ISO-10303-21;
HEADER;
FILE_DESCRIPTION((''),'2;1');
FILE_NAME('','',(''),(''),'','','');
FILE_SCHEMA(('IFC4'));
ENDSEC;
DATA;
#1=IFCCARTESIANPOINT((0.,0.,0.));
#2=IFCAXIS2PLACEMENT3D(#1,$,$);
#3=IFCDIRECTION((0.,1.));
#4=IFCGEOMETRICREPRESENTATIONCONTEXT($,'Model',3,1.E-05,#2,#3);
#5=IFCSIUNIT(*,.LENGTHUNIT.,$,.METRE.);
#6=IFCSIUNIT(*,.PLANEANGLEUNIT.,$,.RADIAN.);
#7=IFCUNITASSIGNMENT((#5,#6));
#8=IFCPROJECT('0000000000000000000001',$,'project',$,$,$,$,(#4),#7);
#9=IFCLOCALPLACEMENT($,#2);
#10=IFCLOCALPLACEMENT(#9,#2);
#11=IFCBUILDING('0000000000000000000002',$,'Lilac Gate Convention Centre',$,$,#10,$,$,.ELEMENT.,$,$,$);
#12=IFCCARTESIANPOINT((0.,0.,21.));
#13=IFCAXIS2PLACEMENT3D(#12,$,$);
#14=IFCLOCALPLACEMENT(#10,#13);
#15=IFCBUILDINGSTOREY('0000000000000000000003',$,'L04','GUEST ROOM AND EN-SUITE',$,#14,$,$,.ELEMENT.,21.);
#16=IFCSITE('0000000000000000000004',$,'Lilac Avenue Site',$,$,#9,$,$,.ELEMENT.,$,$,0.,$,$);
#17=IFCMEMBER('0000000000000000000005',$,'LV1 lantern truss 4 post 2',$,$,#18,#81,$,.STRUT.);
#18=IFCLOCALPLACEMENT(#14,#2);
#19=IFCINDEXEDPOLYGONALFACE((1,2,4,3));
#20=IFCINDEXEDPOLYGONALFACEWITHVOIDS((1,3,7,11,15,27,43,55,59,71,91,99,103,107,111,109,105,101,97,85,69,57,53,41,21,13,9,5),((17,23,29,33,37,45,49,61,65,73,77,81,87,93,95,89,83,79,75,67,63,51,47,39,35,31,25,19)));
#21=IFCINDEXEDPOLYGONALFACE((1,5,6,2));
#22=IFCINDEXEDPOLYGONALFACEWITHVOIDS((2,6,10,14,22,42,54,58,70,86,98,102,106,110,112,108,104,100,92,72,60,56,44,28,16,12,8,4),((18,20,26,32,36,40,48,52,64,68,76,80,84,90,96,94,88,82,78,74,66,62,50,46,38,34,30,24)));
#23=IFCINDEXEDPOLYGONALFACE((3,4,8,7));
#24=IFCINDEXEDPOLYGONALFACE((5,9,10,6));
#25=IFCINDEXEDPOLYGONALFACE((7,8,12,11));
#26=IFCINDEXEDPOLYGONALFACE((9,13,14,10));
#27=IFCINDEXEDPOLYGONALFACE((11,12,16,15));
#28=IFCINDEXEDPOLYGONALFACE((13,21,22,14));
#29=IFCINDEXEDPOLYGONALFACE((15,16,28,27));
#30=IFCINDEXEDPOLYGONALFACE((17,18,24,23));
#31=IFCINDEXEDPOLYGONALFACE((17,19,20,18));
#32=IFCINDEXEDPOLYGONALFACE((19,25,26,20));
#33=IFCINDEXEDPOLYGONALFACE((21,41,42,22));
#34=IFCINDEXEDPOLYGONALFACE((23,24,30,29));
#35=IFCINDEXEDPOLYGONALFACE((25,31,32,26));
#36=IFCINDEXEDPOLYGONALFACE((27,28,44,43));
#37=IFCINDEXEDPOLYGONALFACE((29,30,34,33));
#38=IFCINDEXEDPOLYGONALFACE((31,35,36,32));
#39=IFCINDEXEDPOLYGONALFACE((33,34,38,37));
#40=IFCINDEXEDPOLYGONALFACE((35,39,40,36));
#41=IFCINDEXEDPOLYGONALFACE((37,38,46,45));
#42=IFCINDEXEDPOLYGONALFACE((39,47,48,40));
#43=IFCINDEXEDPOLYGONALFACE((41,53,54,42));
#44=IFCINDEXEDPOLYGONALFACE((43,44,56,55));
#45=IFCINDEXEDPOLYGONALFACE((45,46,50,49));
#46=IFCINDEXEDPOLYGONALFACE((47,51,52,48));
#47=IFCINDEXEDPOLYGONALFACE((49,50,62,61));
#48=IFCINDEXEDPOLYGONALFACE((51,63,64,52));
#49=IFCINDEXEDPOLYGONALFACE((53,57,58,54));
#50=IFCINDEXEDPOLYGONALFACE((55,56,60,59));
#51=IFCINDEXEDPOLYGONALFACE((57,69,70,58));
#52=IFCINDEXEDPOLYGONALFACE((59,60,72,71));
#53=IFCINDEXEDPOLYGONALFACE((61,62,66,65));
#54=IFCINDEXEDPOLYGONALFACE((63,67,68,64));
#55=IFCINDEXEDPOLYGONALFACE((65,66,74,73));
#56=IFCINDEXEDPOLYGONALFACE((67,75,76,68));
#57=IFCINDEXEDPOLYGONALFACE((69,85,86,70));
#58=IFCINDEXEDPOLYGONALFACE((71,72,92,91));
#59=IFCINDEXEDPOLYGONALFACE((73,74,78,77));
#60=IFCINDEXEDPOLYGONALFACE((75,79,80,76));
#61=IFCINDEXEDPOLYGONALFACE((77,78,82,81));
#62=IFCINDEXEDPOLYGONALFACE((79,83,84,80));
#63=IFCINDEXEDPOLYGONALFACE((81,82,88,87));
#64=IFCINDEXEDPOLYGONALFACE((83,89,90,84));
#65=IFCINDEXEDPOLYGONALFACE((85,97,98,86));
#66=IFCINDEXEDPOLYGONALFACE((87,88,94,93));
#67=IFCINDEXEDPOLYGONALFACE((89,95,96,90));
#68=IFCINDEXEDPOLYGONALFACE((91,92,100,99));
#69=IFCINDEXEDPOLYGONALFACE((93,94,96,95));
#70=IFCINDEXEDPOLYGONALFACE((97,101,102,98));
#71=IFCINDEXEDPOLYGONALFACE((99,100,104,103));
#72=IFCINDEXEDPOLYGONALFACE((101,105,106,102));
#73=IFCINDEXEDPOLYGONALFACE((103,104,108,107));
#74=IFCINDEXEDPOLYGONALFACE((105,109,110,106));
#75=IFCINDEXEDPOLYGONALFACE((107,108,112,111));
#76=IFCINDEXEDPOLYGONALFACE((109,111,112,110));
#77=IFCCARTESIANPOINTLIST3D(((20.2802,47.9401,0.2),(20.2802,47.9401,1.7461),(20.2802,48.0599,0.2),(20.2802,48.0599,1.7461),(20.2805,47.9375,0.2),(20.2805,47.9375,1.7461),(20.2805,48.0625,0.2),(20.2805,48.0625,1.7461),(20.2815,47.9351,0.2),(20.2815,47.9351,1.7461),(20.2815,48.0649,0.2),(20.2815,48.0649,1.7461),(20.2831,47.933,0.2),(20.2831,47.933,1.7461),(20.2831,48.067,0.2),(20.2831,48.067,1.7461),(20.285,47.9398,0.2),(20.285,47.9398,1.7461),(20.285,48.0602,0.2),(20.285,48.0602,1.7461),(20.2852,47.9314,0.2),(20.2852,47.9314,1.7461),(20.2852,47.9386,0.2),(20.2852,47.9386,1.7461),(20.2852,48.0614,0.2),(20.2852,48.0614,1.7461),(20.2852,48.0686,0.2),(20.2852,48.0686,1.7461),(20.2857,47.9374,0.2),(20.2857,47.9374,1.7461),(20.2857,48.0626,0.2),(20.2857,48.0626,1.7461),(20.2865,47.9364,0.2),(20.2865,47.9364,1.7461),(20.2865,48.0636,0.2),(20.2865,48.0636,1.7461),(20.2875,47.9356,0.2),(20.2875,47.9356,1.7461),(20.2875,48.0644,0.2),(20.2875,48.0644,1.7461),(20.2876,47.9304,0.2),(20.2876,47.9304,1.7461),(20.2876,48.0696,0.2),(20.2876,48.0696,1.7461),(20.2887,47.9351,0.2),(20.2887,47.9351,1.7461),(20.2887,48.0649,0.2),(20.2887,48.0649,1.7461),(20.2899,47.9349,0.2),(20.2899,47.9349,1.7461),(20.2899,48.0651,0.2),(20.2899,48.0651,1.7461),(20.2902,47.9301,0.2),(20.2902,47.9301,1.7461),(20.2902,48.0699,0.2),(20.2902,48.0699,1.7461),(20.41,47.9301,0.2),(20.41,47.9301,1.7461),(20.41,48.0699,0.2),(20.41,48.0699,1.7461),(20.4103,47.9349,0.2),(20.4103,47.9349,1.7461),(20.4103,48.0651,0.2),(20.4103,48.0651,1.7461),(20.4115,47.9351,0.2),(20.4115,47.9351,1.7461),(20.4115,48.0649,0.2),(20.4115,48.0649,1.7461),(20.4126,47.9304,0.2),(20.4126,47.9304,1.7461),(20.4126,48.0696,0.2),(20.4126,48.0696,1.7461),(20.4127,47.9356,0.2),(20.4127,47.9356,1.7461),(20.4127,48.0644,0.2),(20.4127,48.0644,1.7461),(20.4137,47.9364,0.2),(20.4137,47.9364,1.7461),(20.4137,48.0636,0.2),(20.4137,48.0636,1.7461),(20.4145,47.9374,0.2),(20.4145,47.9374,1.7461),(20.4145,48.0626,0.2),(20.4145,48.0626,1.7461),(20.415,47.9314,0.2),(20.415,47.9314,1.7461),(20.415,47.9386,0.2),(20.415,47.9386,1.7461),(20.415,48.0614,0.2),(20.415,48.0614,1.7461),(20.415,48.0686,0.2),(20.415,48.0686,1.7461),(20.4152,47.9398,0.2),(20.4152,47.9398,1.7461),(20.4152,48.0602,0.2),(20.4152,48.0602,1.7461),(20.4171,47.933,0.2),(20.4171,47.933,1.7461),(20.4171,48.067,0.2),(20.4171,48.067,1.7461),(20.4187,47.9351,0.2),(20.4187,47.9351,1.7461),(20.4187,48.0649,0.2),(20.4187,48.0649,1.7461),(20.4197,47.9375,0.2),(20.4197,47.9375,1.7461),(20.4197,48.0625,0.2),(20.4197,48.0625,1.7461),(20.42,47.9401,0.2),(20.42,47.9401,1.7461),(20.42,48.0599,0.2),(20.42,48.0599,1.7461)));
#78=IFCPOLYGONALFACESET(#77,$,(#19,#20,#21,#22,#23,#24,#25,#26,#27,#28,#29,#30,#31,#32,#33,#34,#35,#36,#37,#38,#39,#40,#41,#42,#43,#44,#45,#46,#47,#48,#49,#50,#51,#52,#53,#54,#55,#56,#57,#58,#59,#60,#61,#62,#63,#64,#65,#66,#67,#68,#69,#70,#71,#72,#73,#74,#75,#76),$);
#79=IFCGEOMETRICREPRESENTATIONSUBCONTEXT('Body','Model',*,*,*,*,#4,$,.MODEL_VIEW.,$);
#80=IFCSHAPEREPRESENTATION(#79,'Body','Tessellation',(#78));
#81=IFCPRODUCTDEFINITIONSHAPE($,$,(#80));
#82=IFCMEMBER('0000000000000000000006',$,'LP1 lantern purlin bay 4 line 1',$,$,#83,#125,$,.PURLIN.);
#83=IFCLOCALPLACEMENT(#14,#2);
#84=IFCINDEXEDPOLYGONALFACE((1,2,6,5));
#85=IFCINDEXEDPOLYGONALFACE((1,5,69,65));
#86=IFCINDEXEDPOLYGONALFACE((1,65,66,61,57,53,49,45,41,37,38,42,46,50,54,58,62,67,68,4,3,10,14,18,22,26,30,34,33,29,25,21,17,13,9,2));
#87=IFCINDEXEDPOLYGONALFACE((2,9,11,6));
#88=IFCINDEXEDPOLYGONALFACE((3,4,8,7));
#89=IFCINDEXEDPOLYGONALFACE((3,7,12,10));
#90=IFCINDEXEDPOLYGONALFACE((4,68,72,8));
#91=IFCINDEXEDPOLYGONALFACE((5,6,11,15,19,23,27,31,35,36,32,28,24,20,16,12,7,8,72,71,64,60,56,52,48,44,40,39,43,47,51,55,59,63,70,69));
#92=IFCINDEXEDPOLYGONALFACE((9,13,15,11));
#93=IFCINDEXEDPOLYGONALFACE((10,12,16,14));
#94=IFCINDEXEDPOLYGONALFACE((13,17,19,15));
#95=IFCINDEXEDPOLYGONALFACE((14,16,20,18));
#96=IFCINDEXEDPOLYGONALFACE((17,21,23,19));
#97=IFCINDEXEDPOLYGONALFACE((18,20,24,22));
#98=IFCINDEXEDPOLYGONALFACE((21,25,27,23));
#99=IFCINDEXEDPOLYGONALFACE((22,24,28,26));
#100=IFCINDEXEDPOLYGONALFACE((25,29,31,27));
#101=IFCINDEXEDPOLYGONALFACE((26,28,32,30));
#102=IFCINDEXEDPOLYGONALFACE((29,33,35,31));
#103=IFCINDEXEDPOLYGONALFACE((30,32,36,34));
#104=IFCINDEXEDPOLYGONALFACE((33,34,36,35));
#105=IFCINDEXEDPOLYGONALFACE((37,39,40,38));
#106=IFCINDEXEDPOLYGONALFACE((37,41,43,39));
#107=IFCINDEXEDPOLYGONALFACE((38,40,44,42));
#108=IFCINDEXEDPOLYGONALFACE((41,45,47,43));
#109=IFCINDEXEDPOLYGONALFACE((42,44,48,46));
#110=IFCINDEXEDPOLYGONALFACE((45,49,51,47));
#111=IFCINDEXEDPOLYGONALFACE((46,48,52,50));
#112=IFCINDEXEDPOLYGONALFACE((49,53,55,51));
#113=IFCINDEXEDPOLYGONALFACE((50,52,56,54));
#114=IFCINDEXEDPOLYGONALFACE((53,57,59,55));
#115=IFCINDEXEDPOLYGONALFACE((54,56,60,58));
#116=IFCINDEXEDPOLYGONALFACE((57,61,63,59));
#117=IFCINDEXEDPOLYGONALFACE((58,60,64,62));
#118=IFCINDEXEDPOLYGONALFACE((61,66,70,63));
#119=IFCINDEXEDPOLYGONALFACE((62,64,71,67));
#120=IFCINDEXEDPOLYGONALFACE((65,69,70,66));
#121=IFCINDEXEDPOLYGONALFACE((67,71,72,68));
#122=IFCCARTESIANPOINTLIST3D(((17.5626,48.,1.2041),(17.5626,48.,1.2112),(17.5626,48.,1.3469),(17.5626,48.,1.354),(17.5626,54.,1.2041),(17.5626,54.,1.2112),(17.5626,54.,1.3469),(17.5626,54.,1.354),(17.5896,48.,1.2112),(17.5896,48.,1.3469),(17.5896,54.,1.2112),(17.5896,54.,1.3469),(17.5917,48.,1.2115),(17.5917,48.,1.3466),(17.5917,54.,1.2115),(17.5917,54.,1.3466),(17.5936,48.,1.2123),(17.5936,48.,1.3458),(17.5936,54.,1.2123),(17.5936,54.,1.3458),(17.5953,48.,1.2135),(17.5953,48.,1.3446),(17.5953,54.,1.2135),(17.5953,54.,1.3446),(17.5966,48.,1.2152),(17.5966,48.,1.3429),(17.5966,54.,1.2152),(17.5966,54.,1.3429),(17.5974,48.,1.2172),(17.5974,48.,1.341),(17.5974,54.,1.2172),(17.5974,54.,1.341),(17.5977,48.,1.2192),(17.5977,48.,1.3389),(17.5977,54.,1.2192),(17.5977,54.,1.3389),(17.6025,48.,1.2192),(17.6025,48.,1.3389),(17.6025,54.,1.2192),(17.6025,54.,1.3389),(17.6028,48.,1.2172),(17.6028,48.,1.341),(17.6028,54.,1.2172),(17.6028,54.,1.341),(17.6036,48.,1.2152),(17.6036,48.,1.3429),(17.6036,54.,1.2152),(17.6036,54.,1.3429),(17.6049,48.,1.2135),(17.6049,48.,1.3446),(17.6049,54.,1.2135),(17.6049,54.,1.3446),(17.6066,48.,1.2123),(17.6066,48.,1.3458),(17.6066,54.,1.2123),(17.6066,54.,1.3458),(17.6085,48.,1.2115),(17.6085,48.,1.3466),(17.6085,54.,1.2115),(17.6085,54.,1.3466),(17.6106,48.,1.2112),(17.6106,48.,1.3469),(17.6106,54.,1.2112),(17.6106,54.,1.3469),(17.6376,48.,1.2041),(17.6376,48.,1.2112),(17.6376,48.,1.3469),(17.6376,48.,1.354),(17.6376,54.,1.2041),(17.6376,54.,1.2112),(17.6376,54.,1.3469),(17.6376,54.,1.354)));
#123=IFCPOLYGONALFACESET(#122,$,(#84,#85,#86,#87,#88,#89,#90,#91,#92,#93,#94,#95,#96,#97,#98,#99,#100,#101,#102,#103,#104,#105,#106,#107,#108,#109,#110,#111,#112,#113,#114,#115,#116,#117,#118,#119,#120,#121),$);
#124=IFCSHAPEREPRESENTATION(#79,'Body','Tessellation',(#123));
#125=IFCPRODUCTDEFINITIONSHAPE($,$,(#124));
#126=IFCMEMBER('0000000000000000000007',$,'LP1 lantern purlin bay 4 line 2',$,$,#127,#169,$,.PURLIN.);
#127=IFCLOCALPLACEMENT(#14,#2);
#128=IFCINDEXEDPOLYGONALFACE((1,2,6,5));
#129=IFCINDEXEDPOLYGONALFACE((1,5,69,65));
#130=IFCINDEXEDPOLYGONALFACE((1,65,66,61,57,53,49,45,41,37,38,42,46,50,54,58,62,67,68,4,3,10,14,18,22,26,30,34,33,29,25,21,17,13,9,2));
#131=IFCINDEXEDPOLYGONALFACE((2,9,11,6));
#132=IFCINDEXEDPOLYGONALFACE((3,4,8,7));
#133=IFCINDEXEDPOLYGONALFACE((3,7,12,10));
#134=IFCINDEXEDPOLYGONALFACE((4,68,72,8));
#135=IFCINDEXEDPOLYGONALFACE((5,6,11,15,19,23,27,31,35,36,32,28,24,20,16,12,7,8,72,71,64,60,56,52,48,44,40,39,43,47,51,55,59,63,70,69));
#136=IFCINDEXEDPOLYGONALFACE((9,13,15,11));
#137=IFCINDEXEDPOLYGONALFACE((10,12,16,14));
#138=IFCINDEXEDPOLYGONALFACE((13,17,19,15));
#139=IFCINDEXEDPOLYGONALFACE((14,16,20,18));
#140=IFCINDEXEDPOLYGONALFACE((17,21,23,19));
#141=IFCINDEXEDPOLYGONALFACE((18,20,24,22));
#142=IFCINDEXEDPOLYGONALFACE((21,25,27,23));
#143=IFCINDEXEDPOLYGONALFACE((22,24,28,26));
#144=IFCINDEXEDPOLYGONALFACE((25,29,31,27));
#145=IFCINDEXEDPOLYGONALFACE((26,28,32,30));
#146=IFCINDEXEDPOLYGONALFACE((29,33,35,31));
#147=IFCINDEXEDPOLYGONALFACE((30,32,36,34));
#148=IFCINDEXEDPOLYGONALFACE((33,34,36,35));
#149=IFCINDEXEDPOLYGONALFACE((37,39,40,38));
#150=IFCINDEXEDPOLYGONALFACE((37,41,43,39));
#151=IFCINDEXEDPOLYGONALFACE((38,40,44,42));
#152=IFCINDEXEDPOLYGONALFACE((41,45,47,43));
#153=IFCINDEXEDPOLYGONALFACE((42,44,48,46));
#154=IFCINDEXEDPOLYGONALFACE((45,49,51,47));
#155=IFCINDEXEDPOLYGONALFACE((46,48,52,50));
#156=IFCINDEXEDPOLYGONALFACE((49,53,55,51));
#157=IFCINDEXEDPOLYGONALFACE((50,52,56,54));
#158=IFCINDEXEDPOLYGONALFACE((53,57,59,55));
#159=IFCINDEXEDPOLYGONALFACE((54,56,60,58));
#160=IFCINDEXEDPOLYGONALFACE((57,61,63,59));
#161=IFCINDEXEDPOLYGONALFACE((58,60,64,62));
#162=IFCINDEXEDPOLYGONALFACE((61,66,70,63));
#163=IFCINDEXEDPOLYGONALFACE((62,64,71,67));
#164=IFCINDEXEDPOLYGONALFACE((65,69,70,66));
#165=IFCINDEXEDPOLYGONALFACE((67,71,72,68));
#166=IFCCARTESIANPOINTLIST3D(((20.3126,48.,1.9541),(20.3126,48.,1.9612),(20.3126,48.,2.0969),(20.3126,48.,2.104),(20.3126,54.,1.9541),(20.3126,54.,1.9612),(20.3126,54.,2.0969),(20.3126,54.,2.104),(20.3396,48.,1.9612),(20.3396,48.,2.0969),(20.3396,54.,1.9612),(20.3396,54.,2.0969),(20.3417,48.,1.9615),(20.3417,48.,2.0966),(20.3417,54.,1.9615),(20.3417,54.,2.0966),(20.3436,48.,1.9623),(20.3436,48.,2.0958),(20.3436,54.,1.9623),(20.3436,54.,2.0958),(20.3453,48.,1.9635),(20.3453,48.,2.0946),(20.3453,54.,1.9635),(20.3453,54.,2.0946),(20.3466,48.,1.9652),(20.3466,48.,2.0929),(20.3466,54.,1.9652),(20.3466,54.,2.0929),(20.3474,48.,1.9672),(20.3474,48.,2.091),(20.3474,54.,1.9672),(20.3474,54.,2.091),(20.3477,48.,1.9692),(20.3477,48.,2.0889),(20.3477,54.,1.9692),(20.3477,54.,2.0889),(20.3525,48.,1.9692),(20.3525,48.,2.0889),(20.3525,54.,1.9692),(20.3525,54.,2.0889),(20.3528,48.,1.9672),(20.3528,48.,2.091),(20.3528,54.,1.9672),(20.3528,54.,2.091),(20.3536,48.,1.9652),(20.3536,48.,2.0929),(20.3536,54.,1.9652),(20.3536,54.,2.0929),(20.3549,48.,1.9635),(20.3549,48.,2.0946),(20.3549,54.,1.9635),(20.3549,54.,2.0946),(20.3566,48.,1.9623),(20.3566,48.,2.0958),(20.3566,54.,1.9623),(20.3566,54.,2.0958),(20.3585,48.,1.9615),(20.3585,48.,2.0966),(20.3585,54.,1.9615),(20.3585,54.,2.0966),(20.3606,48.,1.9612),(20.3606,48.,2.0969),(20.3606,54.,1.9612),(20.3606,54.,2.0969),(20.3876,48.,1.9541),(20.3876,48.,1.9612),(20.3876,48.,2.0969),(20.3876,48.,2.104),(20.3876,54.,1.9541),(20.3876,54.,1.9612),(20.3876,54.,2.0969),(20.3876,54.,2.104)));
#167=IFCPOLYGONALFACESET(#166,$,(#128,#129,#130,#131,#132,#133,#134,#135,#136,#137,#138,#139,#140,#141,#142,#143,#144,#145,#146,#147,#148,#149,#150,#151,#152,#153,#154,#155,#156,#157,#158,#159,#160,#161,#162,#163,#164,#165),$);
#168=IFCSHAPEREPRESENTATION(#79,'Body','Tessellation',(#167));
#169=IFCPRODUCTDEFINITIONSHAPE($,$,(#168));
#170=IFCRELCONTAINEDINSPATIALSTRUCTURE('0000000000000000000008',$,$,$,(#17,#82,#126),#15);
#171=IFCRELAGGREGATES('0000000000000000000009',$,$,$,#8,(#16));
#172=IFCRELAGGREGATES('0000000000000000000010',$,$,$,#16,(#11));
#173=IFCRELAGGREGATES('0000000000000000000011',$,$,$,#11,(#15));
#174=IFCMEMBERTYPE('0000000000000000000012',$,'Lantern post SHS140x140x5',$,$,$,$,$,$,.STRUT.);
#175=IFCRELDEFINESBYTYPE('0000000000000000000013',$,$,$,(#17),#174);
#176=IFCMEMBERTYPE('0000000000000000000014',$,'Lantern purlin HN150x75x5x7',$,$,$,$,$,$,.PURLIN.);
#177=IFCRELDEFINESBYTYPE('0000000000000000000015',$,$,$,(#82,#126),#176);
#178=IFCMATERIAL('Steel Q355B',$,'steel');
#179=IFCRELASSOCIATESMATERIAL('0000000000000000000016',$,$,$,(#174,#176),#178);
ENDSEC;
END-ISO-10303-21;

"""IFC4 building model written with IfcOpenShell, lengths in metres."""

from ifc_helpers import new_model, si_unit, direction, frame, origin, origin_2d, place, context, subcontext, project, spatial, hollow_rectangle, i_section, extrude, material, material_profile, profile_set, type_object, element, save


model = new_model("IFC4")

# Units and contexts
model_context = context("Model", 3, precision=1e-05, world=origin(), true_north=direction((0.0, 1.0)))
body_context = subcontext(model_context, "Body", "Model", "MODEL_VIEW")
ifc_project = project(units=[si_unit("LENGTHUNIT", "METRE"), si_unit("PLANEANGLEUNIT", "RADIAN")], contexts=[model_context])

# Site, building, storey
site_placement = place(None, origin())
site = spatial("IfcSite", under=ifc_project, at=site_placement, Name="Lilac Avenue Site", CompositionType="ELEMENT", RefElevation=0.0)
building_placement = place(site_placement, origin())
building = spatial("IfcBuilding", under=site, at=building_placement, Name="Lilac Gate Convention Centre", CompositionType="ELEMENT")
storey_placement = place(building_placement, frame((0.0, 0.0, 21.0)))
storey = spatial("IfcBuildingStorey", under=building, at=storey_placement, Name="L04", Description="GUEST ROOM AND EN-SUITE", CompositionType="ELEMENT", Elevation=21.0)

# Members
ifc_material_1 = material(Name="Steel Q355B", Category="steel")
ifc_material_profile_1 = material_profile(ifc_material_1, hollow_rectangle(XDim=0.1399, YDim=0.1399, WallThickness=0.0049, InnerFilletRadius=0.0049, OuterFilletRadius=0.01, at=origin_2d()), Name="SHS140x140x5")
ifc_profile_set_1 = profile_set([ifc_material_profile_1], Name="Steel Q355B")
member_type_1 = type_object("IfcMemberType", Name="Lantern post SHS140x140x5", PredefinedType="STRUT", material=ifc_profile_set_1)
member_1_placement = place(storey_placement, frame((20.3501, 48.0, 0.2), z_axis=(0.0, 0.0, 1.0), x_axis=(1.0, 0.0, 0.0)))
element("IfcMember", 1, at=member_1_placement, inside=storey, type_object=member_type_1, Name="LV1 lantern truss 4 post 2", PredefinedType="STRUT", context=body_context, shape_type="SweptSolid", body=[
    extrude(hollow_rectangle(XDim=0.1399, YDim=0.1399, WallThickness=0.0049, InnerFilletRadius=0.0049, OuterFilletRadius=0.01, at=origin_2d()), origin(), (0.0, 0.0, 1.0), 1.5461),
])
ifc_material_profile_2 = material_profile(ifc_material_1, i_section(OverallWidth=0.075, OverallDepth=0.1499, WebThickness=0.0049, FlangeThickness=0.0071, FilletRadius=0.0081, at=origin_2d()), Name="HN150x75x5x7")
ifc_profile_set_2 = profile_set([ifc_material_profile_2], Name="Steel Q355B")
member_type_2 = type_object("IfcMemberType", Name="Lantern purlin HN150x75x5x7", PredefinedType="PURLIN", material=ifc_profile_set_2)
for number, where, z_axis, x_axis, name in (
    (2, (17.6001, 48.0, 1.2791), (0.0, 1.0, 0.0), (-1.0, 0.0, 0.0), "LP1 lantern purlin bay 4 line 1"),
    (3, (20.3501, 48.0, 2.0291), (0.0, 1.0, 0.0), (-1.0, 0.0, 0.0), "LP1 lantern purlin bay 4 line 2"),
):
    element("IfcMember", number, at=place(storey_placement, frame(where, z_axis=z_axis, x_axis=x_axis)), inside=storey, type_object=member_type_2, Name=name, PredefinedType="PURLIN", context=body_context, shape_type="SweptSolid", body=[
        extrude(i_section(OverallWidth=0.075, OverallDepth=0.1499, WebThickness=0.0049, FlangeThickness=0.0071, FilletRadius=0.0081, at=origin_2d()), origin(), (0.0, 0.0, 1.0), 6.0),
    ])

save(model, "model.ifc")
